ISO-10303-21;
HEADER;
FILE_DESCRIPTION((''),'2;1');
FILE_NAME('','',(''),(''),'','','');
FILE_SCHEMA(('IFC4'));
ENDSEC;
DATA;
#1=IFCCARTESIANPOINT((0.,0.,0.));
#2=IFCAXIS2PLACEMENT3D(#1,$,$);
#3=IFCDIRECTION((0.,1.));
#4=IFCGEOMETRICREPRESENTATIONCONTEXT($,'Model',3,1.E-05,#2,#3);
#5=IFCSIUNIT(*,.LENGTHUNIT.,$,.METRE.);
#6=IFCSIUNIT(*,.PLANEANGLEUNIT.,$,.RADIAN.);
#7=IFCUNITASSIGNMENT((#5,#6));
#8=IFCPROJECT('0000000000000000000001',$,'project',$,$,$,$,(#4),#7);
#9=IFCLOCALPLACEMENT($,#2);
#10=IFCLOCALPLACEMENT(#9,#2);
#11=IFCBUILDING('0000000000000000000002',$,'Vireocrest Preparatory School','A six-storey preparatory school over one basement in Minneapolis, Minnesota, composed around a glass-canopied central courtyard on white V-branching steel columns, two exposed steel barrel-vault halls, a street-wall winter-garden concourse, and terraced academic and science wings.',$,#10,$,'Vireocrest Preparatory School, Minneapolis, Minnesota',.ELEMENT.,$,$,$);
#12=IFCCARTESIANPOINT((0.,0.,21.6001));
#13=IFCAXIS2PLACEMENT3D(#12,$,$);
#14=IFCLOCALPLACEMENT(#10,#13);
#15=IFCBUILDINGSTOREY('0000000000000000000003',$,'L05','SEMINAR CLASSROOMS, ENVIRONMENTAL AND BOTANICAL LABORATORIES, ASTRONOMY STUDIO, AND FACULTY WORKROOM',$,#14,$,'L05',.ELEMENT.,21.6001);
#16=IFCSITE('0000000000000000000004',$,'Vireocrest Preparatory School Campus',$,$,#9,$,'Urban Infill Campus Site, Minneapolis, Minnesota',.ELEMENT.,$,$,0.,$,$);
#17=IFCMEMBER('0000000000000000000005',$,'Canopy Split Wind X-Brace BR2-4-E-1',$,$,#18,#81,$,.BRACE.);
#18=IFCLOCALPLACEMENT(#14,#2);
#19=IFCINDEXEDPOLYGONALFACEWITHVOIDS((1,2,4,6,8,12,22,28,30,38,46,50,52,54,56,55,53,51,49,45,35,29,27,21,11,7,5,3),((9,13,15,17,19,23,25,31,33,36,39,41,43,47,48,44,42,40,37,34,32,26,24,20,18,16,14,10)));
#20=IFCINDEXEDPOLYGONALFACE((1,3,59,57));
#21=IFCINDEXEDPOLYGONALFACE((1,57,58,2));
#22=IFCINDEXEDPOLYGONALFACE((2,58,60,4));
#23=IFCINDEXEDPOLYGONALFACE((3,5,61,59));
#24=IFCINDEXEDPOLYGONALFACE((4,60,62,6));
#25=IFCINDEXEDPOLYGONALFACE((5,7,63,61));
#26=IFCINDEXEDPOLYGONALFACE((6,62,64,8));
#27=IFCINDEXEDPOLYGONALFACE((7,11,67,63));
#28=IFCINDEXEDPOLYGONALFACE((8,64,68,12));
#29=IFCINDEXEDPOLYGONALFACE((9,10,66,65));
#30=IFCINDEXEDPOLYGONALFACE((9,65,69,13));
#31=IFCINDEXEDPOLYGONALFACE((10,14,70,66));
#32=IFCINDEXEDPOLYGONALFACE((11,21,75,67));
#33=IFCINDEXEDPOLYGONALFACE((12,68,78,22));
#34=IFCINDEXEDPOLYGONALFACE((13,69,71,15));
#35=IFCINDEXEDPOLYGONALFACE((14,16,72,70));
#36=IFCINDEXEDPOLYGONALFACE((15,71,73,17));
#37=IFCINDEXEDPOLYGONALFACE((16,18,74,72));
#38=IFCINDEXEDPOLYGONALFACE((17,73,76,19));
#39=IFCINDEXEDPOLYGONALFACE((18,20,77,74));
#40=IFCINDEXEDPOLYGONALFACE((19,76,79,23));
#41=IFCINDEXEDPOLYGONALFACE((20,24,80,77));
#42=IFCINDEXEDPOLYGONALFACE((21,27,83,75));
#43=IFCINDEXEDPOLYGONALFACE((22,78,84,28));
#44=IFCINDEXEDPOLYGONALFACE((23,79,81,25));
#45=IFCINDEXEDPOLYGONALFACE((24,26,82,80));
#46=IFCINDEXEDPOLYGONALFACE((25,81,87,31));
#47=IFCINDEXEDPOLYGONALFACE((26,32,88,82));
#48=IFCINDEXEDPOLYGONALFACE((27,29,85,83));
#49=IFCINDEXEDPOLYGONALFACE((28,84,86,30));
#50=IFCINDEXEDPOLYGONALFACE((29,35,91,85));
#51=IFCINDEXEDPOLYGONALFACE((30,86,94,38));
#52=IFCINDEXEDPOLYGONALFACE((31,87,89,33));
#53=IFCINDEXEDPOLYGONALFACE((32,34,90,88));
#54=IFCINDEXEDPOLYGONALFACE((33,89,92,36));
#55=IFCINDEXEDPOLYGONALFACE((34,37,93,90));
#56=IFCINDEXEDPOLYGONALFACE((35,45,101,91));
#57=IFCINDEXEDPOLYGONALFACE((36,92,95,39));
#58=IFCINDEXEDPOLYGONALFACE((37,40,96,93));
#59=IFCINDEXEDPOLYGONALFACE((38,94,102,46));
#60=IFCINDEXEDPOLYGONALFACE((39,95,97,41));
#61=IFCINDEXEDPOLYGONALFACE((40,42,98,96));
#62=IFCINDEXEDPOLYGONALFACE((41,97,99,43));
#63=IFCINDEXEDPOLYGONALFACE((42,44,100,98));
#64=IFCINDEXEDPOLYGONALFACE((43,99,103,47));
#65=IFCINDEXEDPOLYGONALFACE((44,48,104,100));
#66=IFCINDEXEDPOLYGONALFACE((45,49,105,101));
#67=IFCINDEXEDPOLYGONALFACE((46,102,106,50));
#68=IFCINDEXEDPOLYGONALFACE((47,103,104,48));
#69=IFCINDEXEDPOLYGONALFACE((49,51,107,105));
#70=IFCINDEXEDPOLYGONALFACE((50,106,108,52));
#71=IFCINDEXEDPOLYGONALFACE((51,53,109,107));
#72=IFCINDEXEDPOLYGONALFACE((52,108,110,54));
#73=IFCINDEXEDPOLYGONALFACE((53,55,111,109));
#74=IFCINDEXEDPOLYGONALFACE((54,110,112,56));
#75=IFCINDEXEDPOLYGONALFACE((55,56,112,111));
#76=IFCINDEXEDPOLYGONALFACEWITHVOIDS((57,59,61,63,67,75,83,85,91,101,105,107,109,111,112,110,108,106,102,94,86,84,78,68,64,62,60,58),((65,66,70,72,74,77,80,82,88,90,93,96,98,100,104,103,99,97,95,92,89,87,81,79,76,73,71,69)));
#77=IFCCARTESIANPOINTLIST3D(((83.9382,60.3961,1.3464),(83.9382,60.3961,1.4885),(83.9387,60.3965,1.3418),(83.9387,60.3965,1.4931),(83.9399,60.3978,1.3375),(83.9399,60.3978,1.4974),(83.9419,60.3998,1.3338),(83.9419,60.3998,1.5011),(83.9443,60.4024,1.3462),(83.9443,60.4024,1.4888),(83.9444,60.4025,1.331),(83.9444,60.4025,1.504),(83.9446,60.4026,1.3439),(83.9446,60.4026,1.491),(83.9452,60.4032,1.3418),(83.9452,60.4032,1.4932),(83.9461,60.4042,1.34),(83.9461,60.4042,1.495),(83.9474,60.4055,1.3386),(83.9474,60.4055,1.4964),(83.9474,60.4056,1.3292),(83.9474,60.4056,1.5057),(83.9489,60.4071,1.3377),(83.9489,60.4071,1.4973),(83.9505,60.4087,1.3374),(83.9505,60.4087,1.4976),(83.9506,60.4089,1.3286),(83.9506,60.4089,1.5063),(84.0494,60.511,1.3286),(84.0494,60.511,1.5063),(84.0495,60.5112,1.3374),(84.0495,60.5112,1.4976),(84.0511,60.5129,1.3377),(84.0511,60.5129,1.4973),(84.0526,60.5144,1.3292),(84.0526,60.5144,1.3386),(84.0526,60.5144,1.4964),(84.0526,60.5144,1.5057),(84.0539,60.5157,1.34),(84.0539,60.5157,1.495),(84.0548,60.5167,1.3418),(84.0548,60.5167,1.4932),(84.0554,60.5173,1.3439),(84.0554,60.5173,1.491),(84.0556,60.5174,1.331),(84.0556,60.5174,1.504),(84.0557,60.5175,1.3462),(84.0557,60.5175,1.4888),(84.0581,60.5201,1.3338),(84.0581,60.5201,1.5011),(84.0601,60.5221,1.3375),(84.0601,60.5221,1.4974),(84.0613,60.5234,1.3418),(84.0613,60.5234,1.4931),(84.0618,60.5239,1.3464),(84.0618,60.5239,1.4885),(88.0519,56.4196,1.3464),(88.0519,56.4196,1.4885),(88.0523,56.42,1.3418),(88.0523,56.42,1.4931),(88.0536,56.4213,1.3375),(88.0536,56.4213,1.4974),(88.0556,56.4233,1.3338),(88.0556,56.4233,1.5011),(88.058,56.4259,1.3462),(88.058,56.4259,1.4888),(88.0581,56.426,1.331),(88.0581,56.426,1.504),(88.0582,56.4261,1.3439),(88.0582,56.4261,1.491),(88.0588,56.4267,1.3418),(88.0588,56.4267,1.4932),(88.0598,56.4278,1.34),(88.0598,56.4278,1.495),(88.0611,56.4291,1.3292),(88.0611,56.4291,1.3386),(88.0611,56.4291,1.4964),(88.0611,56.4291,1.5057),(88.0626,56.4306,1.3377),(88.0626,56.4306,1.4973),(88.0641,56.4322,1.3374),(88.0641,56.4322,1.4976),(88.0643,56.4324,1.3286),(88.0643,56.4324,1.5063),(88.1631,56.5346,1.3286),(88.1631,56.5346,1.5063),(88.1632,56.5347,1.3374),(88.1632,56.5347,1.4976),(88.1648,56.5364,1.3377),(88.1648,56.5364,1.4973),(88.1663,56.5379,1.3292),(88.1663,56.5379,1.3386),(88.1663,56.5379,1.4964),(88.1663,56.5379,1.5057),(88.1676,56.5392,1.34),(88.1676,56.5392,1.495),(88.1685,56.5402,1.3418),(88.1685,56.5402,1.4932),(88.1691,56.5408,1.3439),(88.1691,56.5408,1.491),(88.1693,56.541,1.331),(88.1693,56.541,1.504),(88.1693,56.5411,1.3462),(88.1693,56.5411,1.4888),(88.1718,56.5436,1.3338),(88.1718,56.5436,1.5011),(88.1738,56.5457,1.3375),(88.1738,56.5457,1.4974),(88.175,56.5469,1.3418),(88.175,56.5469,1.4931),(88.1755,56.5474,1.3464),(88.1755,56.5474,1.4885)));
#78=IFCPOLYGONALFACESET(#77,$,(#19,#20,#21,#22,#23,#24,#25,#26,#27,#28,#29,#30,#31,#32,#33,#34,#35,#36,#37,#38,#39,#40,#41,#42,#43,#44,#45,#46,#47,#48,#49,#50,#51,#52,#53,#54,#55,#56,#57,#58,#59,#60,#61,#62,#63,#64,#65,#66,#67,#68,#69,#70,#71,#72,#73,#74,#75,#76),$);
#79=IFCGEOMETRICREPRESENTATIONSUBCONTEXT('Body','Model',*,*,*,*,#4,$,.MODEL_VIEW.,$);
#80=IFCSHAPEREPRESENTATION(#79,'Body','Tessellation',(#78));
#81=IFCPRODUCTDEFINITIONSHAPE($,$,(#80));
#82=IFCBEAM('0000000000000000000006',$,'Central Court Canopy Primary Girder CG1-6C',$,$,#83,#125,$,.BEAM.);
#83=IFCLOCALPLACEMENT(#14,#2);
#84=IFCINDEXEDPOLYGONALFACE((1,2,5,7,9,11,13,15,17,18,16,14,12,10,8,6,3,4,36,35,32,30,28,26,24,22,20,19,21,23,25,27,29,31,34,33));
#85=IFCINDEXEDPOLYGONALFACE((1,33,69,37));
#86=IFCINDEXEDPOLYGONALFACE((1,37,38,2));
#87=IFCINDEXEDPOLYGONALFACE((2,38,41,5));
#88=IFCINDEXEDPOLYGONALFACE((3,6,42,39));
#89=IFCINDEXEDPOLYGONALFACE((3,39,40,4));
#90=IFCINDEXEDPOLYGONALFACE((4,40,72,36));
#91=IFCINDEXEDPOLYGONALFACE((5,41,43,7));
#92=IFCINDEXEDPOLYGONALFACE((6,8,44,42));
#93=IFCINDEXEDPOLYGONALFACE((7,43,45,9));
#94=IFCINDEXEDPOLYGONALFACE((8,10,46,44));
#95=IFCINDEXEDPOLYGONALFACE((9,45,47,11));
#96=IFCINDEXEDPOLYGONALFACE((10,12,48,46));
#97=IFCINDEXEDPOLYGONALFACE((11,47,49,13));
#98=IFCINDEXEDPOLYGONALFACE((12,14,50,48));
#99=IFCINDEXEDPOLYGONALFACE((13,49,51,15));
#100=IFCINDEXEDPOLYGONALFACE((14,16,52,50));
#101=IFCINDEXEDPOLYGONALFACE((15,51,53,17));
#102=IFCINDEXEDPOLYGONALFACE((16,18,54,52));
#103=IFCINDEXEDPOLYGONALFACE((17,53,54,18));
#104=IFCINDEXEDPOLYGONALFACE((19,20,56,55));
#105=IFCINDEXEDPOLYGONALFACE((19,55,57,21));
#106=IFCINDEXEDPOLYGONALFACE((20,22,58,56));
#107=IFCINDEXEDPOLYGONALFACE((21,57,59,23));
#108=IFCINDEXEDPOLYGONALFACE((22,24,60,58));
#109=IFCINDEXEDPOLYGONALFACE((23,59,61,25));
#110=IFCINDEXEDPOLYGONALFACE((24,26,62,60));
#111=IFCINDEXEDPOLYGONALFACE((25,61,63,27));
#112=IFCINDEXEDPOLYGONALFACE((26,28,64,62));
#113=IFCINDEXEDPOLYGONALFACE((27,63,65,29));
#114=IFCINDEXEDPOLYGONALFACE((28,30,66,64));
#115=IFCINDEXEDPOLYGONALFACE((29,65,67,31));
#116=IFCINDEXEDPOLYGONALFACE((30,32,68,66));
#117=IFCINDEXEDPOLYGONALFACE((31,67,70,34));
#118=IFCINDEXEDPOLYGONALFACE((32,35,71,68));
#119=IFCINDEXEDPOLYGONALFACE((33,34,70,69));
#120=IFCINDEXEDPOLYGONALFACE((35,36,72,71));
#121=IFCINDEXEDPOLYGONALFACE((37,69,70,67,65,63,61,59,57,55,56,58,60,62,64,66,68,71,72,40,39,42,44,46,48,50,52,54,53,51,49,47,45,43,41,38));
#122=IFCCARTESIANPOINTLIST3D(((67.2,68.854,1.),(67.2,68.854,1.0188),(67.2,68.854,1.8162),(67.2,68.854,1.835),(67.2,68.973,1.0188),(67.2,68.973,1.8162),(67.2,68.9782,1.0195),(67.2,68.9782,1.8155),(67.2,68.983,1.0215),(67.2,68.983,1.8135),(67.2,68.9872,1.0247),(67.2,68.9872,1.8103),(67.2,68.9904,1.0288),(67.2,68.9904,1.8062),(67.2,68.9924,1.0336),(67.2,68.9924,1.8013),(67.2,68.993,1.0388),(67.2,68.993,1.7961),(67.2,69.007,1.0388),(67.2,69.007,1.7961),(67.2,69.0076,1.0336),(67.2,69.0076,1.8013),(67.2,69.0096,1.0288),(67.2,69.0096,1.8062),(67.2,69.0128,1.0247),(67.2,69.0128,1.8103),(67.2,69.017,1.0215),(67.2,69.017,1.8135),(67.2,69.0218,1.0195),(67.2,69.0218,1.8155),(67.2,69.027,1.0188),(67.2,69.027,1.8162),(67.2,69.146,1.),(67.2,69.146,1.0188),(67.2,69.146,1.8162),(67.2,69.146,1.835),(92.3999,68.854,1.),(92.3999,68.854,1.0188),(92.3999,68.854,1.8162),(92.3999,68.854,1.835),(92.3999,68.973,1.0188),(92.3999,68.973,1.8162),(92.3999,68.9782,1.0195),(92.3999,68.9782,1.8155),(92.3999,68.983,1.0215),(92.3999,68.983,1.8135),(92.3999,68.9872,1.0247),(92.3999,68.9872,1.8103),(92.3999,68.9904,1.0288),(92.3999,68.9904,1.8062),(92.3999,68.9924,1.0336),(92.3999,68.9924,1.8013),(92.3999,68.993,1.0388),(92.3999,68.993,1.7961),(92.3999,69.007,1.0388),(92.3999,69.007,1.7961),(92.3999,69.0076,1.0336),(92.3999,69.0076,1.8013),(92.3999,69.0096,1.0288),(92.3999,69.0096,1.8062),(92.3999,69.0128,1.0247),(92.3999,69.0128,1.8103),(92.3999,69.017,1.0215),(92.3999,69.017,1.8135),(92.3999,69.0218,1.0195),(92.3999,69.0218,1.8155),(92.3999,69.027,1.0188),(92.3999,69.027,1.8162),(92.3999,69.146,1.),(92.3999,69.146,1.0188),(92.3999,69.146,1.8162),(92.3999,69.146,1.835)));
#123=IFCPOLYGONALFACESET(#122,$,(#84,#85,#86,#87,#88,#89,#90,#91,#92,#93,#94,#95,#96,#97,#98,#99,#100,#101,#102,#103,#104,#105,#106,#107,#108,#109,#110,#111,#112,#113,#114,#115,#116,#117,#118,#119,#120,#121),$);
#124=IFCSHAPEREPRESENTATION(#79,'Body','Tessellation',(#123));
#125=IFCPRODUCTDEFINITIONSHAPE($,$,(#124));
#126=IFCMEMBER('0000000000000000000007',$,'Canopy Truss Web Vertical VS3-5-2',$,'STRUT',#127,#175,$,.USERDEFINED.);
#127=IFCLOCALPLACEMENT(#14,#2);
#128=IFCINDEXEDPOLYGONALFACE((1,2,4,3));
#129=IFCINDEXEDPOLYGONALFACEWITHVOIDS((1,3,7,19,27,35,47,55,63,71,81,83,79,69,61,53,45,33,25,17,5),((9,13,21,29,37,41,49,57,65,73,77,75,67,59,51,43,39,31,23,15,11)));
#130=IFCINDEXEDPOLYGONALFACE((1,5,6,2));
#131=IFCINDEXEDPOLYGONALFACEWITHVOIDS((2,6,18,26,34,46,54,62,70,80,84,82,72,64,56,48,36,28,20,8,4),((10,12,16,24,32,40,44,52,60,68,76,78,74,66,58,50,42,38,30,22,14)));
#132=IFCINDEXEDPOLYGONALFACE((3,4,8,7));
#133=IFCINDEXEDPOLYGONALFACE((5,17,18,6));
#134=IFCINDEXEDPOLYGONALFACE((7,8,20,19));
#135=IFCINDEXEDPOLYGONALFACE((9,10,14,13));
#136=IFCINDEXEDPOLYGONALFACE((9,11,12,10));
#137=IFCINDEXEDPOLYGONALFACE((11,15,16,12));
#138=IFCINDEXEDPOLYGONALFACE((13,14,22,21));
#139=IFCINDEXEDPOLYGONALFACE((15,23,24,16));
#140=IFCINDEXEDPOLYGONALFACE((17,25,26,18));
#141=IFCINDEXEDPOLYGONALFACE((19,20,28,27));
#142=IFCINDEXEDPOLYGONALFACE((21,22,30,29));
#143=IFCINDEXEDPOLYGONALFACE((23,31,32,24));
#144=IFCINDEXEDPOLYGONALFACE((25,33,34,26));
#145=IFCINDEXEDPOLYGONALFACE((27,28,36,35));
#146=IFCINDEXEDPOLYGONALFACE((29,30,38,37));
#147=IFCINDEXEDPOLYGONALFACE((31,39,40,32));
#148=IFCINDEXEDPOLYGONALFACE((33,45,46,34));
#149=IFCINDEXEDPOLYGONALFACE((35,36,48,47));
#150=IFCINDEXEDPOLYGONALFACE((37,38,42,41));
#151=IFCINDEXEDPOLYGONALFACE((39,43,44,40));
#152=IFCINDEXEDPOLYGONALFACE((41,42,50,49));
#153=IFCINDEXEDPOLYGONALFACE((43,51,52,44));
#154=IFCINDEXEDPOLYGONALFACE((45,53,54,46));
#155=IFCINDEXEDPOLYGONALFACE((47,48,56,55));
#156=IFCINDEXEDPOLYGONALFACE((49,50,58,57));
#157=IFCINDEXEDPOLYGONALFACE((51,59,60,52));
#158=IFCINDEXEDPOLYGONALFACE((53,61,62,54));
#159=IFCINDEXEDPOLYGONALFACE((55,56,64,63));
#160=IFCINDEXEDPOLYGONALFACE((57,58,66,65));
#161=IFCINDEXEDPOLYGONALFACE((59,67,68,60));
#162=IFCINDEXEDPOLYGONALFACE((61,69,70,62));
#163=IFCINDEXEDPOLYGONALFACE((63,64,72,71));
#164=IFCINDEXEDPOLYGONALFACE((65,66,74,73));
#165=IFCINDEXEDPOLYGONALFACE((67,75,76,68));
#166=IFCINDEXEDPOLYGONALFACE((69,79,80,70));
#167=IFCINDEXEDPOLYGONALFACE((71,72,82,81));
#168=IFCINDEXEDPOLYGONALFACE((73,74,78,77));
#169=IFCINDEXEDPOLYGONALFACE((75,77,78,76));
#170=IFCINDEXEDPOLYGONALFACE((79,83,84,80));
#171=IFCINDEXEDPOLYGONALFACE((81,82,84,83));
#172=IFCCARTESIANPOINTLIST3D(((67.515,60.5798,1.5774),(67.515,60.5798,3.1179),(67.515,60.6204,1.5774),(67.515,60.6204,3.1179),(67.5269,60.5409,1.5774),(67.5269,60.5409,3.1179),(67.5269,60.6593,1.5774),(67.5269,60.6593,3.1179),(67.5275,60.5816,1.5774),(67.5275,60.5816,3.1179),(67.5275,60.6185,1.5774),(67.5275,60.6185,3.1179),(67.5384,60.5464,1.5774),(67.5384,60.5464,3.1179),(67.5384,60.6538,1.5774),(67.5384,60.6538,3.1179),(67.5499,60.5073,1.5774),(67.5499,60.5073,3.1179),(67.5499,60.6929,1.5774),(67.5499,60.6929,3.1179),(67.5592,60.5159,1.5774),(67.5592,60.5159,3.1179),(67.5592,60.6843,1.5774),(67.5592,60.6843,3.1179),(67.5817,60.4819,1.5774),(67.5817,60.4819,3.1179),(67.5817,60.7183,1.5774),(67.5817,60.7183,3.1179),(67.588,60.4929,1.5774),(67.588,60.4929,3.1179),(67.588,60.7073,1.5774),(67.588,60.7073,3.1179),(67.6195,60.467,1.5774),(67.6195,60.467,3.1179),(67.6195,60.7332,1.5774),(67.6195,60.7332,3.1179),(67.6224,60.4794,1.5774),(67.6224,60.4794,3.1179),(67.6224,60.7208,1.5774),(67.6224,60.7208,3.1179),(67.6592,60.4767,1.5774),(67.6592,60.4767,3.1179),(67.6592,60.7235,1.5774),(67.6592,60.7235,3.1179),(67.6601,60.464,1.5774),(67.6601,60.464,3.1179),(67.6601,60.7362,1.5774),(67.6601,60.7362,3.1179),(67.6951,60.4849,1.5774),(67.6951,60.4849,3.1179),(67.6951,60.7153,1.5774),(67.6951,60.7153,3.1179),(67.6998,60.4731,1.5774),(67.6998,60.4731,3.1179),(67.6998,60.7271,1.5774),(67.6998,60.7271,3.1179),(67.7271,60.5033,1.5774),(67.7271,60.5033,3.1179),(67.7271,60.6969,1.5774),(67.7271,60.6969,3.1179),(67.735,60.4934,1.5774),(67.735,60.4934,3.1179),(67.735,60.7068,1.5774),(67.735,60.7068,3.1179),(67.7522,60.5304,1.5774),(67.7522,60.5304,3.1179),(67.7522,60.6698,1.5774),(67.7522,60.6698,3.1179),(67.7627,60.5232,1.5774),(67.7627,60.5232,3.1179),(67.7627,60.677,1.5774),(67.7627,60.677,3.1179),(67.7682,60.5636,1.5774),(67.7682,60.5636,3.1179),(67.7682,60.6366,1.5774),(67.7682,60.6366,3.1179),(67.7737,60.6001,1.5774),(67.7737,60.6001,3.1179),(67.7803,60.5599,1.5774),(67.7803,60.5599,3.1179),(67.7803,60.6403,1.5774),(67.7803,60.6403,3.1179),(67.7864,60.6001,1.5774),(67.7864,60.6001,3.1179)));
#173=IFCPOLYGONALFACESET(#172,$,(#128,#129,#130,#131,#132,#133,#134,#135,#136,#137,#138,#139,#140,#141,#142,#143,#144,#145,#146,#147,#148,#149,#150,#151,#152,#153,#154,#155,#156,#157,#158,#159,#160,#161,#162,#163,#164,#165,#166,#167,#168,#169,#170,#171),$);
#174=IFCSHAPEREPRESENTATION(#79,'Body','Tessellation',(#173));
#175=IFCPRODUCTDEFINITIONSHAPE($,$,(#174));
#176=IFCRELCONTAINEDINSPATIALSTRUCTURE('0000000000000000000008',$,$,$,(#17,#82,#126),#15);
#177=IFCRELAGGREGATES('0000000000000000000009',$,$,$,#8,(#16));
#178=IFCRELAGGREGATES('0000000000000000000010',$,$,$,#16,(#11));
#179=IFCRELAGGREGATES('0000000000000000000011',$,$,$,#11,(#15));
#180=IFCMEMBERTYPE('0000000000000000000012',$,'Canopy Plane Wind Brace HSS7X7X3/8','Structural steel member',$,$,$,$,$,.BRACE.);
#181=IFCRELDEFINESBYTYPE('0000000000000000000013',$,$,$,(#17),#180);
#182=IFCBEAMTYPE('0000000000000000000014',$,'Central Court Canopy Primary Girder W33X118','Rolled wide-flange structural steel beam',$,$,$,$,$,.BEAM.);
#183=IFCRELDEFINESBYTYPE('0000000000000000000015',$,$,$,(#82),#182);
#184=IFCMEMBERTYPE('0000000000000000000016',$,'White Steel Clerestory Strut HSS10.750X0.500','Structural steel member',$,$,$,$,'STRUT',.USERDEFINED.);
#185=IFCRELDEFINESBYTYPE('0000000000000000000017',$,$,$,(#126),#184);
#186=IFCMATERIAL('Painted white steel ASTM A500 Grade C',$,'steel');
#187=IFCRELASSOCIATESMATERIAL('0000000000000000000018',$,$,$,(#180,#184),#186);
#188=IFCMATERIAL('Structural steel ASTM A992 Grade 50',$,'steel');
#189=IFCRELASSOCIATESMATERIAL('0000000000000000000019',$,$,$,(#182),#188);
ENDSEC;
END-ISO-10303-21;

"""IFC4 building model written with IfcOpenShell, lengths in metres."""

from ifc_helpers import new_model, si_unit, direction, frame, origin, origin_2d, place, context, subcontext, project, spatial, hollow_rectangle, hollow_circle, i_section, extrude, material, material_profile, profile_set, type_object, element, save


model = new_model("IFC4")

# Units and contexts
model_context = context("Model", 3, precision=1e-05, world=origin(), true_north=direction((0.0, 1.0)))
body_context = subcontext(model_context, "Body", "Model", "MODEL_VIEW")
ifc_project = project(units=[si_unit("LENGTHUNIT", "METRE"), si_unit("PLANEANGLEUNIT", "RADIAN")], contexts=[model_context])

# Site, building, storey
site_placement = place(None, origin())
site = spatial("IfcSite", under=ifc_project, at=site_placement, Name="Vireocrest Preparatory School Campus", LongName="Urban Infill Campus Site, Minneapolis, Minnesota", CompositionType="ELEMENT", RefElevation=0.0)
building_placement = place(site_placement, origin())
building = spatial("IfcBuilding", under=site, at=building_placement, Name="Vireocrest Preparatory School", Description="A six-storey preparatory school over one basement in Minneapolis, Minnesota, composed around a glass-canopied central courtyard on white V-branching steel columns, two exposed steel barrel-vault halls, a street-wall winter-garden concourse, and terraced academic and science wings.", LongName="Vireocrest Preparatory School, Minneapolis, Minnesota", CompositionType="ELEMENT")
storey_placement = place(building_placement, frame((0.0, 0.0, 21.6001)))
storey = spatial("IfcBuildingStorey", under=building, at=storey_placement, Name="L05", Description="SEMINAR CLASSROOMS, ENVIRONMENTAL AND BOTANICAL LABORATORIES, ASTRONOMY STUDIO, AND FACULTY WORKROOM", LongName="L05", CompositionType="ELEMENT", Elevation=21.6001)

# Shared definitions
ifc_material_1 = material(Name="Structural steel ASTM A992 Grade 50", Category="steel")

# Member
ifc_material_2 = material(Name="Painted white steel ASTM A500 Grade C", Category="steel")
ifc_material_profile_1 = material_profile(ifc_material_2, hollow_rectangle(XDim=0.1777, YDim=0.1777, WallThickness=0.0088, InnerFilletRadius=0.0088, OuterFilletRadius=0.0178, at=origin_2d()), Name="HSS7X7X3/8")
ifc_profile_set_1 = profile_set([ifc_material_profile_1], Name="Painted white steel ASTM A500 Grade C")
member_type_1 = type_object("IfcMemberType", Name="Canopy Plane Wind Brace HSS7X7X3/8", Description="Structural steel member", PredefinedType="BRACE", material=ifc_profile_set_1)
member_placement = place(storey_placement, frame((84.0, 60.46, 1.4175), z_axis=(0.718995, -0.695015, 0.0), x_axis=(0.695015, 0.718995, 0.0)))
element("IfcMember", 1, at=member_placement, inside=storey, type_object=member_type_1, Name="Canopy Split Wind X-Brace BR2-4-E-1", PredefinedType="BRACE", context=body_context, shape_type="SweptSolid", body=[
    extrude(hollow_rectangle(XDim=0.1777, YDim=0.1777, WallThickness=0.0088, InnerFilletRadius=0.0088, OuterFilletRadius=0.0178, at=origin_2d()), origin(), (0.0, 0.0, 1.0), 5.7214),
])

# Beam
ifc_material_profile_2 = material_profile(ifc_material_1, i_section(OverallWidth=0.292, OverallDepth=0.835, WebThickness=0.0139, FlangeThickness=0.0188, FilletRadius=0.02, at=origin_2d()), Name="W33X118")
ifc_profile_set_2 = profile_set([ifc_material_profile_2], Name="Structural steel ASTM A992 Grade 50")
beam_type_1 = type_object("IfcBeamType", Name="Central Court Canopy Primary Girder W33X118", Description="Rolled wide-flange structural steel beam", PredefinedType="BEAM", material=ifc_profile_set_2)
beam_placement = place(storey_placement, frame((67.2, 69.0, 1.4175), z_axis=(1.0, 0.0, 0.0), x_axis=(0.0, 1.0, 0.0)))
element("IfcBeam", 2, at=beam_placement, inside=storey, type_object=beam_type_1, Name="Central Court Canopy Primary Girder CG1-6C", PredefinedType="BEAM", context=body_context, shape_type="SweptSolid", body=[
    extrude(i_section(OverallWidth=0.292, OverallDepth=0.835, WebThickness=0.0139, FlangeThickness=0.0188, FilletRadius=0.02, at=origin_2d()), origin(), (0.0, 0.0, 1.0), 25.2),
])

# Member
ifc_material_profile_3 = material_profile(ifc_material_2, hollow_circle(Radius=0.1365, WallThickness=0.0127, at=origin_2d()), Name="HSS10.750X0.500")
ifc_profile_set_3 = profile_set([ifc_material_profile_3], Name="Painted white steel ASTM A500 Grade C")
member_type_2 = type_object("IfcMemberType", Name="White Steel Clerestory Strut HSS10.750X0.500", Description="Structural steel member", ElementType="STRUT", PredefinedType="USERDEFINED", material=ifc_profile_set_3)
for number, where, z_axis, x_axis, name in (
    (3, (67.6499, 60.6001, 1.5774), (0.0, 0.0, 1.0), (1.0, 0.0, 0.0), "Canopy Truss Web Vertical VS3-5-2"),
):
    element("IfcMember", number, at=place(storey_placement, frame(where, z_axis=z_axis, x_axis=x_axis)), inside=storey, type_object=member_type_2, Name=name, ObjectType="STRUT", PredefinedType="USERDEFINED", context=body_context, shape_type="SweptSolid", body=[
        extrude(hollow_circle(Radius=0.1365, WallThickness=0.0127, at=origin_2d()), origin(), (0.0, 0.0, 1.0), 1.5405),
    ])

save(model, "model.ifc")
